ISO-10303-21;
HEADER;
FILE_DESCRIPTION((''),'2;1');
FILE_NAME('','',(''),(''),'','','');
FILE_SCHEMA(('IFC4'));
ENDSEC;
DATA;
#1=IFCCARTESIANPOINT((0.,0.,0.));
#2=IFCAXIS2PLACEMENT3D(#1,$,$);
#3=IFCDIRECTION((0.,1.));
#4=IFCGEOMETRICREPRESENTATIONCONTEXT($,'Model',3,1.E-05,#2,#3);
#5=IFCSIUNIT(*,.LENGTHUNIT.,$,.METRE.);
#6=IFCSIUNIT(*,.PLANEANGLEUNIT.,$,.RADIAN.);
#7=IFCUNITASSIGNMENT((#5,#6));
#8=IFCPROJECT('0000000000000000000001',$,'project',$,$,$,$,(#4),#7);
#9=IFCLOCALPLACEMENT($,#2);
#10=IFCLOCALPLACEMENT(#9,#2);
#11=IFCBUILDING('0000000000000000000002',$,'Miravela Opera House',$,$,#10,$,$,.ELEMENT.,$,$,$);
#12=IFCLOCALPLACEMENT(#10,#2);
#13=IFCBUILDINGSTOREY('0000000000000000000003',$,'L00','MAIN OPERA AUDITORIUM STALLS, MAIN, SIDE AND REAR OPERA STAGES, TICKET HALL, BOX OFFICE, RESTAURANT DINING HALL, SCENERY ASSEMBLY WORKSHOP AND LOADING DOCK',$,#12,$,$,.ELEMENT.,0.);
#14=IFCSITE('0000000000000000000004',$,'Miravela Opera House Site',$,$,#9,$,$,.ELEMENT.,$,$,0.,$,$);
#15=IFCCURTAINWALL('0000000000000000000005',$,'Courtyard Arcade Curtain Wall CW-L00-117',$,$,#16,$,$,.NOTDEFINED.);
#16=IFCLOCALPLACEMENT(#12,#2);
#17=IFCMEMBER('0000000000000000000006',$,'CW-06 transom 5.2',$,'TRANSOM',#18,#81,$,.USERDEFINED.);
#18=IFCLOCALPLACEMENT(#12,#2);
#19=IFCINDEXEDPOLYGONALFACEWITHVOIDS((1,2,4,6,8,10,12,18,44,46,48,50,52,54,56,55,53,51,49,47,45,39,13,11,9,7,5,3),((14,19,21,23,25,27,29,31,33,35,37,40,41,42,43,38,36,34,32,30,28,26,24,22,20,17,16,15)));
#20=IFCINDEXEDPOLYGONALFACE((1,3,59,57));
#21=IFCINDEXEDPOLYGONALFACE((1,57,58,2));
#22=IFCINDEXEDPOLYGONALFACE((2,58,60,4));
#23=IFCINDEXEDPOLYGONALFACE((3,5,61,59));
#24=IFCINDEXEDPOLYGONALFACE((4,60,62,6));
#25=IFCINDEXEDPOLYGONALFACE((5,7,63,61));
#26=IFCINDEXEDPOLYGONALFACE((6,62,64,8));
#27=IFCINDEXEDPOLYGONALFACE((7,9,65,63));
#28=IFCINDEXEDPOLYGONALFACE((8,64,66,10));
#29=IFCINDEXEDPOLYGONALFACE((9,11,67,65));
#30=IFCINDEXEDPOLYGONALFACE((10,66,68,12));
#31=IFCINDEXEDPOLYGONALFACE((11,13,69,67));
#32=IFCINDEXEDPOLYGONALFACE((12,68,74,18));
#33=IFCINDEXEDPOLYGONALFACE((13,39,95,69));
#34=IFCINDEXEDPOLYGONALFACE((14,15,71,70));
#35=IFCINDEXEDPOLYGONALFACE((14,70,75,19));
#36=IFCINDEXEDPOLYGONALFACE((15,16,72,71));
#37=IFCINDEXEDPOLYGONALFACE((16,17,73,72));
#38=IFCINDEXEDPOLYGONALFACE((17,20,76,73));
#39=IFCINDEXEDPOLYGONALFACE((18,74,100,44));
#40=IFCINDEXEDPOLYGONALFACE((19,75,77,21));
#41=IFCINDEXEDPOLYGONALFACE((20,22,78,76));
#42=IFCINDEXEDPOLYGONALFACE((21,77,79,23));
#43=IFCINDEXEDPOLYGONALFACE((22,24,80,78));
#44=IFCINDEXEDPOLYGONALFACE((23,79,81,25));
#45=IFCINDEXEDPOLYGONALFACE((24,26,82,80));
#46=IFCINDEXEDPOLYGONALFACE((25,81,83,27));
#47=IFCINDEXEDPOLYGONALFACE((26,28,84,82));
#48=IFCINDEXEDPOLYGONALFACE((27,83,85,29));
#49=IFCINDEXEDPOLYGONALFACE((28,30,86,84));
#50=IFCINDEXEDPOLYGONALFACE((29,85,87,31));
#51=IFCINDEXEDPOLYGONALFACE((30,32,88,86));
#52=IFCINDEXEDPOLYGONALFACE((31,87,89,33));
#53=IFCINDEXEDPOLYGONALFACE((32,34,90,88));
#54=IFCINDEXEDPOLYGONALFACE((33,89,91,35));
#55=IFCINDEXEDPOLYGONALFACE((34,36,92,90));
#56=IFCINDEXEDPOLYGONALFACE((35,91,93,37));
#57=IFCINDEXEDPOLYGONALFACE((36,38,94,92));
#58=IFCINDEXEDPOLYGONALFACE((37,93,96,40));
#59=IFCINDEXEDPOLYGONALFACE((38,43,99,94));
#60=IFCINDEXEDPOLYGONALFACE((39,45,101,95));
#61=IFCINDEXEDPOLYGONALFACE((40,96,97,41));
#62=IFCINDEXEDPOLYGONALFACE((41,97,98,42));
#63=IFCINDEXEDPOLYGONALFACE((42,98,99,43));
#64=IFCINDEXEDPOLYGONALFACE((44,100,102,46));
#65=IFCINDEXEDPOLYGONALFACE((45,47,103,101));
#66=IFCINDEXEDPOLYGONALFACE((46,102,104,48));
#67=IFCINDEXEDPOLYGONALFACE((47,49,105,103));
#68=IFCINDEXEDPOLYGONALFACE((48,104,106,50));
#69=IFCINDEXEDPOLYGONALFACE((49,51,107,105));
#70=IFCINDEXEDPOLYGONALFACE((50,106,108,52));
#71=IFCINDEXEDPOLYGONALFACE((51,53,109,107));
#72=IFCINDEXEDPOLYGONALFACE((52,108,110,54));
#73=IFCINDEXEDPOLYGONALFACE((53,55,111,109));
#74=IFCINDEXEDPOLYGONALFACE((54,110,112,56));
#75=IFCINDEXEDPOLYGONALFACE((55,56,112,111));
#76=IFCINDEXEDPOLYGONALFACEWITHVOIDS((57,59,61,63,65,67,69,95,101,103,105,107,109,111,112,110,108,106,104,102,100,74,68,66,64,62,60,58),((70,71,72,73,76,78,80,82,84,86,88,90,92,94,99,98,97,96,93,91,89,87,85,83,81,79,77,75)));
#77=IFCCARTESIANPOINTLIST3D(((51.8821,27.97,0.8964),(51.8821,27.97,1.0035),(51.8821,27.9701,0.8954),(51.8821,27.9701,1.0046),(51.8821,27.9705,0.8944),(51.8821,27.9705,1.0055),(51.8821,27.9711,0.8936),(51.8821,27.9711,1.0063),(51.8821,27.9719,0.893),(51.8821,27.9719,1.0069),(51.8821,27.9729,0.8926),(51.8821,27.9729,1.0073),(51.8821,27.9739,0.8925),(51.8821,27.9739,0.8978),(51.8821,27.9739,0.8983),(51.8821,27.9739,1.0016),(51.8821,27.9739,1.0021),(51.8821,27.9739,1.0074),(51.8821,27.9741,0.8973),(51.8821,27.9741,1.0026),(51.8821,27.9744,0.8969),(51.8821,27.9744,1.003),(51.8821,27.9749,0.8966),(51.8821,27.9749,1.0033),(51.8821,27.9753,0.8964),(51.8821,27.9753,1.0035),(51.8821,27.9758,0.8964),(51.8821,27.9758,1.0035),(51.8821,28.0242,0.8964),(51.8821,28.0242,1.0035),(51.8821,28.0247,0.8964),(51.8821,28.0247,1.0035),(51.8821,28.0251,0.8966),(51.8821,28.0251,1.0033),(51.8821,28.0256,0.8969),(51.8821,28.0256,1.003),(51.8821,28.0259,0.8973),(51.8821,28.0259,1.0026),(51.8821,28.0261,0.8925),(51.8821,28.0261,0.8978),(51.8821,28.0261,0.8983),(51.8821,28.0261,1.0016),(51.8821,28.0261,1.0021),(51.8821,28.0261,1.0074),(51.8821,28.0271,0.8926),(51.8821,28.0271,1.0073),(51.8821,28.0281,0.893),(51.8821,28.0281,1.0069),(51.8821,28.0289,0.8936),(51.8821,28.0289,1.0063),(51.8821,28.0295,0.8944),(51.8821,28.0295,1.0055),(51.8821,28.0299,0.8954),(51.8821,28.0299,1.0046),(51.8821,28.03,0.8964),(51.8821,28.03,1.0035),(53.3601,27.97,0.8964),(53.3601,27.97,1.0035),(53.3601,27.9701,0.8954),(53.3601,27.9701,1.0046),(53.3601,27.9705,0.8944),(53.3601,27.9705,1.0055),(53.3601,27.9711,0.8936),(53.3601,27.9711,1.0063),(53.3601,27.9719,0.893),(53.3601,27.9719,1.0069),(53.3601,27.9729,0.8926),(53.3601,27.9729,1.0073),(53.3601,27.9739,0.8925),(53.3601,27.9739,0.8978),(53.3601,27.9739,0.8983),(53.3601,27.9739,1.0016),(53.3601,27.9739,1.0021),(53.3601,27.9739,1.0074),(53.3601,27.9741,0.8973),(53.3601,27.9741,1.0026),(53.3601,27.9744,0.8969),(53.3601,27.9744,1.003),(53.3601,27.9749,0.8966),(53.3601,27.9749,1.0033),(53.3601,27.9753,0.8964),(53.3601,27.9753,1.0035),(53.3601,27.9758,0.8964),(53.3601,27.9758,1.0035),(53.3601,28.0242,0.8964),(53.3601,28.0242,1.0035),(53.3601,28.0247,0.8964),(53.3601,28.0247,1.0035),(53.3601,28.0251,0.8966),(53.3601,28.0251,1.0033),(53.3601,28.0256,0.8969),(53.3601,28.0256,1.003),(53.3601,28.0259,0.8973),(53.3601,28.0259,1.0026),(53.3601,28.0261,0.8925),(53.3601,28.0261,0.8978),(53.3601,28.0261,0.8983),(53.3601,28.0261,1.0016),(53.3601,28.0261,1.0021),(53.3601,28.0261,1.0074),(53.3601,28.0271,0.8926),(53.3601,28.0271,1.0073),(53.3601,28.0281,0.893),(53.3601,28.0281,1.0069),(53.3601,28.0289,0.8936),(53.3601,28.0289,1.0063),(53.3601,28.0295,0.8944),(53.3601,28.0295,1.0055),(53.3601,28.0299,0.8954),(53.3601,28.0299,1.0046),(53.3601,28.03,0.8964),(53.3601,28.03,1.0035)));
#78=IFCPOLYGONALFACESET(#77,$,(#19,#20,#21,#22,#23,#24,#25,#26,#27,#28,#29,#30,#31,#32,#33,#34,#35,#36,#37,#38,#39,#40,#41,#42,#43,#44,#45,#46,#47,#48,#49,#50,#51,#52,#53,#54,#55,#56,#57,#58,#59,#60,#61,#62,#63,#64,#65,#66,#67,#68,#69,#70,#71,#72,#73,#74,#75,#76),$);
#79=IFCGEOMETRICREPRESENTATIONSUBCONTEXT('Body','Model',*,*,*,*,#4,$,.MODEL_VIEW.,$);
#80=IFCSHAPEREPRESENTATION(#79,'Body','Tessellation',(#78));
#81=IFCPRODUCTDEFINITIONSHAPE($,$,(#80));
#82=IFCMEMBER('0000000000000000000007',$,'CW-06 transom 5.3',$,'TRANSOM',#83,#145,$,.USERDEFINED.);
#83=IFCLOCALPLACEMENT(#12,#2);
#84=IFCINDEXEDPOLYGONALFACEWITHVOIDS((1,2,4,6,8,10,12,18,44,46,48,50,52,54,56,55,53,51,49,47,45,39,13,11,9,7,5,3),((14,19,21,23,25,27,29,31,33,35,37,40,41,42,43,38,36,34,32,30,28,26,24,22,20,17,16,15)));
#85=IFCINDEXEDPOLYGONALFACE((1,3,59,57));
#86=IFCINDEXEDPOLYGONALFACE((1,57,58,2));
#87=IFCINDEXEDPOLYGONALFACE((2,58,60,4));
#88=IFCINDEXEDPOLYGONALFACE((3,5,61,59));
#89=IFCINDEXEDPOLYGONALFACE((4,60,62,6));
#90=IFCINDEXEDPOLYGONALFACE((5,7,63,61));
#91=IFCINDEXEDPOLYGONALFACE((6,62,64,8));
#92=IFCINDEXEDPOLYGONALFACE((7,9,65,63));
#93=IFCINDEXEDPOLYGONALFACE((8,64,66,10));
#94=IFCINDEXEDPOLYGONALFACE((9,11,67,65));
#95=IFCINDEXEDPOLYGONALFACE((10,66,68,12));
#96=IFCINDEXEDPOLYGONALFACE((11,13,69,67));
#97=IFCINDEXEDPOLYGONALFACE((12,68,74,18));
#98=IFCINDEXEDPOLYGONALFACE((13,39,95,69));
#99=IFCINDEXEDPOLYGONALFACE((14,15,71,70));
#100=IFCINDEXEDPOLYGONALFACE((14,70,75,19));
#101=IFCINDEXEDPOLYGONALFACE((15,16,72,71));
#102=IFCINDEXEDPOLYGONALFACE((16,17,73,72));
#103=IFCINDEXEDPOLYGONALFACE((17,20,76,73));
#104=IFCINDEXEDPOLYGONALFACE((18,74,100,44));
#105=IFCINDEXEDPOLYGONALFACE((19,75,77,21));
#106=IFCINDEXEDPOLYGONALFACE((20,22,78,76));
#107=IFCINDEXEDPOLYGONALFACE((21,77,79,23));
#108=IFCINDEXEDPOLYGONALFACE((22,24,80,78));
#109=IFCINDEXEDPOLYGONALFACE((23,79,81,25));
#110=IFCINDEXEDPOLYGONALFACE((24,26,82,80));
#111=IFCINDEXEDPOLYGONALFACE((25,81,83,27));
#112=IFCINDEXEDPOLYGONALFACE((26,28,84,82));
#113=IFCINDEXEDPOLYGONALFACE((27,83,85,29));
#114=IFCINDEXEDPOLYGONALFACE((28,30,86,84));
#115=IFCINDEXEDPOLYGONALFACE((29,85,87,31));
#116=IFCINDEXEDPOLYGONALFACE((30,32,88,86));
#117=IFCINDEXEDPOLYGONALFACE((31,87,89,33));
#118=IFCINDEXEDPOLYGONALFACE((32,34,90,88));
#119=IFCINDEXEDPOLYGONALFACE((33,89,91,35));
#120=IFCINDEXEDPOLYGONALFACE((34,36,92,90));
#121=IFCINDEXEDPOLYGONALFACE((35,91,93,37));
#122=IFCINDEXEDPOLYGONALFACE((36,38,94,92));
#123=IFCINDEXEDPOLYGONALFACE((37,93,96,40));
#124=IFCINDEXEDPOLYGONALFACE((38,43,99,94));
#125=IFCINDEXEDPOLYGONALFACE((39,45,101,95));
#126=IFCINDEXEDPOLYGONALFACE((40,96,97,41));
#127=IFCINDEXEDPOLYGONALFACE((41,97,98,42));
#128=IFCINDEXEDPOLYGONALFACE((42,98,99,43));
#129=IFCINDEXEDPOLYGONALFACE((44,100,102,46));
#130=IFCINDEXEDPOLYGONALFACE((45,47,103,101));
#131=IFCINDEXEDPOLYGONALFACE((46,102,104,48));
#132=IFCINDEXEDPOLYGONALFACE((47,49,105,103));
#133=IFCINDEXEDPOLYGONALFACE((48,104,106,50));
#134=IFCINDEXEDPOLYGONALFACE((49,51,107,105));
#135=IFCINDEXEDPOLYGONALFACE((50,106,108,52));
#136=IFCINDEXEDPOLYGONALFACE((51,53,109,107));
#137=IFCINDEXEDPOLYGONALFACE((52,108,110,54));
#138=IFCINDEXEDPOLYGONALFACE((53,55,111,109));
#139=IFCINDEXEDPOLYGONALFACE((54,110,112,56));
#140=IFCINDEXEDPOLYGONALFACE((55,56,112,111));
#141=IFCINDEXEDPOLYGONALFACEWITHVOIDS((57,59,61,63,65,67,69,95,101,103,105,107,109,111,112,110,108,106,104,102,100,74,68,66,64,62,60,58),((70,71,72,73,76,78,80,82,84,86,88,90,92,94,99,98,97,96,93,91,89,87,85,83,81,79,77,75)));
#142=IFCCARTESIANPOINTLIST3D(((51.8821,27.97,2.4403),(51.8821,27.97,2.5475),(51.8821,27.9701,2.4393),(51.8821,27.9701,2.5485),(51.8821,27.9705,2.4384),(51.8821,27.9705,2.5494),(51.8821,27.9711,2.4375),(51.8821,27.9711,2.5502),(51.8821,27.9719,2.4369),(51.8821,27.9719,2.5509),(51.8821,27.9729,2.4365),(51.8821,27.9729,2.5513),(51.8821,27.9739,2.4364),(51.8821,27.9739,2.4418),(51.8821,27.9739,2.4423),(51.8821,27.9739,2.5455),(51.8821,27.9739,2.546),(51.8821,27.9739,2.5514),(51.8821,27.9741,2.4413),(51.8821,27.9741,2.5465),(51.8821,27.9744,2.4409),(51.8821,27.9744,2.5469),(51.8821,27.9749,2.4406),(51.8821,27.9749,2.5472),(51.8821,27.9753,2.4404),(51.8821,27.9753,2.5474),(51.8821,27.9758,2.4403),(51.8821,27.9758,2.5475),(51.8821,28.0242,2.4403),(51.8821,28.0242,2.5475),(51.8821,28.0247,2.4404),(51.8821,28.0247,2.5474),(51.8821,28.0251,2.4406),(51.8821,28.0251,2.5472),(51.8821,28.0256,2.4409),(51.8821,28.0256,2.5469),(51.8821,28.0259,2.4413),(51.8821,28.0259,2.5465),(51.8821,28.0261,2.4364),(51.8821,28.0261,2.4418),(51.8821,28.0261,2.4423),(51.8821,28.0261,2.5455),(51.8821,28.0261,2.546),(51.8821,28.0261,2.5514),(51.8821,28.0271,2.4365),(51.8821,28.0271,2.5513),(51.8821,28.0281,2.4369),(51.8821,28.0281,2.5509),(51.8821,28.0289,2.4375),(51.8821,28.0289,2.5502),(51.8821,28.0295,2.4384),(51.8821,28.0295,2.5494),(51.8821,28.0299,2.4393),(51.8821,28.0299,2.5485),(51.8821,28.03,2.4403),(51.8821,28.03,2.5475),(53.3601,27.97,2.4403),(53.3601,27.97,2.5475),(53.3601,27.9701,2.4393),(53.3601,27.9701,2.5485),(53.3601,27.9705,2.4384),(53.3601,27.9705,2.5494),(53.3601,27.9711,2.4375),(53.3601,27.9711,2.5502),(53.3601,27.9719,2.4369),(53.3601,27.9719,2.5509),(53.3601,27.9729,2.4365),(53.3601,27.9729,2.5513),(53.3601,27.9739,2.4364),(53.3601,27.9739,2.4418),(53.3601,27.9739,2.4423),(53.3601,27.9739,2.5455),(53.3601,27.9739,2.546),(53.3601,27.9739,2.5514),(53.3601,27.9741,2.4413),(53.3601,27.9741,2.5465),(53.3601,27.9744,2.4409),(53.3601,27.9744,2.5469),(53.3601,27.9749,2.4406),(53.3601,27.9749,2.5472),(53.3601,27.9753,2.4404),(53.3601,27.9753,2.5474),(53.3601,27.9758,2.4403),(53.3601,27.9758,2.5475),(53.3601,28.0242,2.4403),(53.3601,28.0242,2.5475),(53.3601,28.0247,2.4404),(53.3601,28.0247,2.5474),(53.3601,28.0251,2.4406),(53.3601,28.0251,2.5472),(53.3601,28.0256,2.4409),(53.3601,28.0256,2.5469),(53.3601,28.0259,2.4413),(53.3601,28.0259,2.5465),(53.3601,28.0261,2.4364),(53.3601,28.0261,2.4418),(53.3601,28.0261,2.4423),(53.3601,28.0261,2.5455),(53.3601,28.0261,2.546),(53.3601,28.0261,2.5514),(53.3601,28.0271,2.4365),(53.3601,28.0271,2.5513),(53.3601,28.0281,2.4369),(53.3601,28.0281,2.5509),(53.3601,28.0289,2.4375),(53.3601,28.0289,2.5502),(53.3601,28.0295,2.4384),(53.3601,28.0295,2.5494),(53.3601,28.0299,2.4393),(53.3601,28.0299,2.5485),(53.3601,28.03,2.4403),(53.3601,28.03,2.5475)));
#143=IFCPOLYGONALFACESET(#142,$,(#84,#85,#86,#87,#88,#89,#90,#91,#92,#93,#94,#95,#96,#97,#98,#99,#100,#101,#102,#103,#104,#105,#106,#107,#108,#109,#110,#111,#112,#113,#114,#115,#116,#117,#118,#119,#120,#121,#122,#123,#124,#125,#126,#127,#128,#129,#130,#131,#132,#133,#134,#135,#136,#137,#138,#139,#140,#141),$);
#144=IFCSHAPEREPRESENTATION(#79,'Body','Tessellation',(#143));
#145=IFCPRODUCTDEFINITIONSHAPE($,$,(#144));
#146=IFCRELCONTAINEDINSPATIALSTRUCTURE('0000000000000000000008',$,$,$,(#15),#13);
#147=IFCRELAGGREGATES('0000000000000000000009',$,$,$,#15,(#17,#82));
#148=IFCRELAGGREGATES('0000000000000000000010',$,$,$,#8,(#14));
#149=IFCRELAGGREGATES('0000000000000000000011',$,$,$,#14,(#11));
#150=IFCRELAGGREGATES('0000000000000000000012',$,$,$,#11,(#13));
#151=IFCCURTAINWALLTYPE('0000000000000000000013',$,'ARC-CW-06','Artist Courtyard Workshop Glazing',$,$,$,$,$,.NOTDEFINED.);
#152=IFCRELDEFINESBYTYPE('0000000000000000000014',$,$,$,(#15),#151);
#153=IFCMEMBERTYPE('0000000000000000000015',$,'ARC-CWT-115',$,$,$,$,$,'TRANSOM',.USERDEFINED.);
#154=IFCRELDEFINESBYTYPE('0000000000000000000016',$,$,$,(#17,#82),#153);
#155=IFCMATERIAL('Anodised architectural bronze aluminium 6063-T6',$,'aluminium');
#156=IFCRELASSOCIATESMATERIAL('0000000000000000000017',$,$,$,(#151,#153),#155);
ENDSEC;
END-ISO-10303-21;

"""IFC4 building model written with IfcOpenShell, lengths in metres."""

from ifc_helpers import new_model, si_unit, direction, frame, origin, origin_2d, place, context, subcontext, project, spatial, hollow_rectangle, extrude, material, material_profile, profile_set, type_object, element, aggregate, save


model = new_model("IFC4")

# Units and contexts
model_context = context("Model", 3, precision=1e-05, world=origin(), true_north=direction((0.0, 1.0)))
body_context = subcontext(model_context, "Body", "Model", "MODEL_VIEW")
ifc_project = project(units=[si_unit("LENGTHUNIT", "METRE"), si_unit("PLANEANGLEUNIT", "RADIAN")], contexts=[model_context])

# Site, building, storey
site_placement = place(None, origin())
site = spatial("IfcSite", under=ifc_project, at=site_placement, Name="Miravela Opera House Site", CompositionType="ELEMENT", RefElevation=0.0)
building_placement = place(site_placement, origin())
building = spatial("IfcBuilding", under=site, at=building_placement, Name="Miravela Opera House", CompositionType="ELEMENT")
storey_placement = place(building_placement, origin())
storey = spatial("IfcBuildingStorey", under=building, at=storey_placement, Name="L00", Description="MAIN OPERA AUDITORIUM STALLS, MAIN, SIDE AND REAR OPERA STAGES, TICKET HALL, BOX OFFICE, RESTAURANT DINING HALL, SCENERY ASSEMBLY WORKSHOP AND LOADING DOCK", CompositionType="ELEMENT", Elevation=0.0)

# Curtain wall, members
ifc_material_1 = material(Name="Anodised architectural bronze aluminium 6063-T6", Category="aluminium")
curtain_wall_type = type_object("IfcCurtainWallType", Name="ARC-CW-06", Description="Artist Courtyard Workshop Glazing", PredefinedType="NOTDEFINED", material=ifc_material_1)
curtain_wall_placement = place(storey_placement, origin())
curtain_wall = element("IfcCurtainWall", 1, at=curtain_wall_placement, inside=storey, type_object=curtain_wall_type, Name="Courtyard Arcade Curtain Wall CW-L00-117", PredefinedType="NOTDEFINED")
ifc_material_profile_1 = material_profile(ifc_material_1, hollow_rectangle(XDim=0.0601, YDim=0.115, WallThickness=0.0039, InnerFilletRadius=0.002, OuterFilletRadius=0.0039, at=origin_2d()), Name="CWT-60X115")
ifc_profile_set_1 = profile_set([ifc_material_profile_1])
member_type_1 = type_object("IfcMemberType", Name="ARC-CWT-115", ElementType="TRANSOM", PredefinedType="USERDEFINED", material=ifc_profile_set_1)
member_1_placement = place(storey_placement, frame((51.8821, 28.0, 0.95), z_axis=(1.0, 0.0, 0.0), x_axis=(0.0, 1.0, 0.0)))
member_1 = element("IfcMember", 2, at=member_1_placement, type_object=member_type_1, Name="CW-06 transom 5.2", ObjectType="TRANSOM", PredefinedType="USERDEFINED", context=body_context, shape_type="SweptSolid", body=[
    extrude(hollow_rectangle(XDim=0.0601, YDim=0.115, WallThickness=0.0039, InnerFilletRadius=0.002, OuterFilletRadius=0.0039, at=origin_2d()), origin(), (0.0, 0.0, 1.0), 1.478),
])
member_2_placement = place(storey_placement, frame((51.8821, 28.0, 2.4939), z_axis=(1.0, 0.0, 0.0), x_axis=(0.0, 1.0, 0.0)))
member_2 = element("IfcMember", 3, at=member_2_placement, type_object=member_type_1, Name="CW-06 transom 5.3", ObjectType="TRANSOM", PredefinedType="USERDEFINED", context=body_context, shape_type="SweptSolid", body=[
    extrude(hollow_rectangle(XDim=0.0601, YDim=0.115, WallThickness=0.0039, InnerFilletRadius=0.002, OuterFilletRadius=0.0039, at=origin_2d()), origin(), (0.0, 0.0, 1.0), 1.478),
])
aggregate(curtain_wall, [member_1, member_2])

save(model, "model.ifc")
